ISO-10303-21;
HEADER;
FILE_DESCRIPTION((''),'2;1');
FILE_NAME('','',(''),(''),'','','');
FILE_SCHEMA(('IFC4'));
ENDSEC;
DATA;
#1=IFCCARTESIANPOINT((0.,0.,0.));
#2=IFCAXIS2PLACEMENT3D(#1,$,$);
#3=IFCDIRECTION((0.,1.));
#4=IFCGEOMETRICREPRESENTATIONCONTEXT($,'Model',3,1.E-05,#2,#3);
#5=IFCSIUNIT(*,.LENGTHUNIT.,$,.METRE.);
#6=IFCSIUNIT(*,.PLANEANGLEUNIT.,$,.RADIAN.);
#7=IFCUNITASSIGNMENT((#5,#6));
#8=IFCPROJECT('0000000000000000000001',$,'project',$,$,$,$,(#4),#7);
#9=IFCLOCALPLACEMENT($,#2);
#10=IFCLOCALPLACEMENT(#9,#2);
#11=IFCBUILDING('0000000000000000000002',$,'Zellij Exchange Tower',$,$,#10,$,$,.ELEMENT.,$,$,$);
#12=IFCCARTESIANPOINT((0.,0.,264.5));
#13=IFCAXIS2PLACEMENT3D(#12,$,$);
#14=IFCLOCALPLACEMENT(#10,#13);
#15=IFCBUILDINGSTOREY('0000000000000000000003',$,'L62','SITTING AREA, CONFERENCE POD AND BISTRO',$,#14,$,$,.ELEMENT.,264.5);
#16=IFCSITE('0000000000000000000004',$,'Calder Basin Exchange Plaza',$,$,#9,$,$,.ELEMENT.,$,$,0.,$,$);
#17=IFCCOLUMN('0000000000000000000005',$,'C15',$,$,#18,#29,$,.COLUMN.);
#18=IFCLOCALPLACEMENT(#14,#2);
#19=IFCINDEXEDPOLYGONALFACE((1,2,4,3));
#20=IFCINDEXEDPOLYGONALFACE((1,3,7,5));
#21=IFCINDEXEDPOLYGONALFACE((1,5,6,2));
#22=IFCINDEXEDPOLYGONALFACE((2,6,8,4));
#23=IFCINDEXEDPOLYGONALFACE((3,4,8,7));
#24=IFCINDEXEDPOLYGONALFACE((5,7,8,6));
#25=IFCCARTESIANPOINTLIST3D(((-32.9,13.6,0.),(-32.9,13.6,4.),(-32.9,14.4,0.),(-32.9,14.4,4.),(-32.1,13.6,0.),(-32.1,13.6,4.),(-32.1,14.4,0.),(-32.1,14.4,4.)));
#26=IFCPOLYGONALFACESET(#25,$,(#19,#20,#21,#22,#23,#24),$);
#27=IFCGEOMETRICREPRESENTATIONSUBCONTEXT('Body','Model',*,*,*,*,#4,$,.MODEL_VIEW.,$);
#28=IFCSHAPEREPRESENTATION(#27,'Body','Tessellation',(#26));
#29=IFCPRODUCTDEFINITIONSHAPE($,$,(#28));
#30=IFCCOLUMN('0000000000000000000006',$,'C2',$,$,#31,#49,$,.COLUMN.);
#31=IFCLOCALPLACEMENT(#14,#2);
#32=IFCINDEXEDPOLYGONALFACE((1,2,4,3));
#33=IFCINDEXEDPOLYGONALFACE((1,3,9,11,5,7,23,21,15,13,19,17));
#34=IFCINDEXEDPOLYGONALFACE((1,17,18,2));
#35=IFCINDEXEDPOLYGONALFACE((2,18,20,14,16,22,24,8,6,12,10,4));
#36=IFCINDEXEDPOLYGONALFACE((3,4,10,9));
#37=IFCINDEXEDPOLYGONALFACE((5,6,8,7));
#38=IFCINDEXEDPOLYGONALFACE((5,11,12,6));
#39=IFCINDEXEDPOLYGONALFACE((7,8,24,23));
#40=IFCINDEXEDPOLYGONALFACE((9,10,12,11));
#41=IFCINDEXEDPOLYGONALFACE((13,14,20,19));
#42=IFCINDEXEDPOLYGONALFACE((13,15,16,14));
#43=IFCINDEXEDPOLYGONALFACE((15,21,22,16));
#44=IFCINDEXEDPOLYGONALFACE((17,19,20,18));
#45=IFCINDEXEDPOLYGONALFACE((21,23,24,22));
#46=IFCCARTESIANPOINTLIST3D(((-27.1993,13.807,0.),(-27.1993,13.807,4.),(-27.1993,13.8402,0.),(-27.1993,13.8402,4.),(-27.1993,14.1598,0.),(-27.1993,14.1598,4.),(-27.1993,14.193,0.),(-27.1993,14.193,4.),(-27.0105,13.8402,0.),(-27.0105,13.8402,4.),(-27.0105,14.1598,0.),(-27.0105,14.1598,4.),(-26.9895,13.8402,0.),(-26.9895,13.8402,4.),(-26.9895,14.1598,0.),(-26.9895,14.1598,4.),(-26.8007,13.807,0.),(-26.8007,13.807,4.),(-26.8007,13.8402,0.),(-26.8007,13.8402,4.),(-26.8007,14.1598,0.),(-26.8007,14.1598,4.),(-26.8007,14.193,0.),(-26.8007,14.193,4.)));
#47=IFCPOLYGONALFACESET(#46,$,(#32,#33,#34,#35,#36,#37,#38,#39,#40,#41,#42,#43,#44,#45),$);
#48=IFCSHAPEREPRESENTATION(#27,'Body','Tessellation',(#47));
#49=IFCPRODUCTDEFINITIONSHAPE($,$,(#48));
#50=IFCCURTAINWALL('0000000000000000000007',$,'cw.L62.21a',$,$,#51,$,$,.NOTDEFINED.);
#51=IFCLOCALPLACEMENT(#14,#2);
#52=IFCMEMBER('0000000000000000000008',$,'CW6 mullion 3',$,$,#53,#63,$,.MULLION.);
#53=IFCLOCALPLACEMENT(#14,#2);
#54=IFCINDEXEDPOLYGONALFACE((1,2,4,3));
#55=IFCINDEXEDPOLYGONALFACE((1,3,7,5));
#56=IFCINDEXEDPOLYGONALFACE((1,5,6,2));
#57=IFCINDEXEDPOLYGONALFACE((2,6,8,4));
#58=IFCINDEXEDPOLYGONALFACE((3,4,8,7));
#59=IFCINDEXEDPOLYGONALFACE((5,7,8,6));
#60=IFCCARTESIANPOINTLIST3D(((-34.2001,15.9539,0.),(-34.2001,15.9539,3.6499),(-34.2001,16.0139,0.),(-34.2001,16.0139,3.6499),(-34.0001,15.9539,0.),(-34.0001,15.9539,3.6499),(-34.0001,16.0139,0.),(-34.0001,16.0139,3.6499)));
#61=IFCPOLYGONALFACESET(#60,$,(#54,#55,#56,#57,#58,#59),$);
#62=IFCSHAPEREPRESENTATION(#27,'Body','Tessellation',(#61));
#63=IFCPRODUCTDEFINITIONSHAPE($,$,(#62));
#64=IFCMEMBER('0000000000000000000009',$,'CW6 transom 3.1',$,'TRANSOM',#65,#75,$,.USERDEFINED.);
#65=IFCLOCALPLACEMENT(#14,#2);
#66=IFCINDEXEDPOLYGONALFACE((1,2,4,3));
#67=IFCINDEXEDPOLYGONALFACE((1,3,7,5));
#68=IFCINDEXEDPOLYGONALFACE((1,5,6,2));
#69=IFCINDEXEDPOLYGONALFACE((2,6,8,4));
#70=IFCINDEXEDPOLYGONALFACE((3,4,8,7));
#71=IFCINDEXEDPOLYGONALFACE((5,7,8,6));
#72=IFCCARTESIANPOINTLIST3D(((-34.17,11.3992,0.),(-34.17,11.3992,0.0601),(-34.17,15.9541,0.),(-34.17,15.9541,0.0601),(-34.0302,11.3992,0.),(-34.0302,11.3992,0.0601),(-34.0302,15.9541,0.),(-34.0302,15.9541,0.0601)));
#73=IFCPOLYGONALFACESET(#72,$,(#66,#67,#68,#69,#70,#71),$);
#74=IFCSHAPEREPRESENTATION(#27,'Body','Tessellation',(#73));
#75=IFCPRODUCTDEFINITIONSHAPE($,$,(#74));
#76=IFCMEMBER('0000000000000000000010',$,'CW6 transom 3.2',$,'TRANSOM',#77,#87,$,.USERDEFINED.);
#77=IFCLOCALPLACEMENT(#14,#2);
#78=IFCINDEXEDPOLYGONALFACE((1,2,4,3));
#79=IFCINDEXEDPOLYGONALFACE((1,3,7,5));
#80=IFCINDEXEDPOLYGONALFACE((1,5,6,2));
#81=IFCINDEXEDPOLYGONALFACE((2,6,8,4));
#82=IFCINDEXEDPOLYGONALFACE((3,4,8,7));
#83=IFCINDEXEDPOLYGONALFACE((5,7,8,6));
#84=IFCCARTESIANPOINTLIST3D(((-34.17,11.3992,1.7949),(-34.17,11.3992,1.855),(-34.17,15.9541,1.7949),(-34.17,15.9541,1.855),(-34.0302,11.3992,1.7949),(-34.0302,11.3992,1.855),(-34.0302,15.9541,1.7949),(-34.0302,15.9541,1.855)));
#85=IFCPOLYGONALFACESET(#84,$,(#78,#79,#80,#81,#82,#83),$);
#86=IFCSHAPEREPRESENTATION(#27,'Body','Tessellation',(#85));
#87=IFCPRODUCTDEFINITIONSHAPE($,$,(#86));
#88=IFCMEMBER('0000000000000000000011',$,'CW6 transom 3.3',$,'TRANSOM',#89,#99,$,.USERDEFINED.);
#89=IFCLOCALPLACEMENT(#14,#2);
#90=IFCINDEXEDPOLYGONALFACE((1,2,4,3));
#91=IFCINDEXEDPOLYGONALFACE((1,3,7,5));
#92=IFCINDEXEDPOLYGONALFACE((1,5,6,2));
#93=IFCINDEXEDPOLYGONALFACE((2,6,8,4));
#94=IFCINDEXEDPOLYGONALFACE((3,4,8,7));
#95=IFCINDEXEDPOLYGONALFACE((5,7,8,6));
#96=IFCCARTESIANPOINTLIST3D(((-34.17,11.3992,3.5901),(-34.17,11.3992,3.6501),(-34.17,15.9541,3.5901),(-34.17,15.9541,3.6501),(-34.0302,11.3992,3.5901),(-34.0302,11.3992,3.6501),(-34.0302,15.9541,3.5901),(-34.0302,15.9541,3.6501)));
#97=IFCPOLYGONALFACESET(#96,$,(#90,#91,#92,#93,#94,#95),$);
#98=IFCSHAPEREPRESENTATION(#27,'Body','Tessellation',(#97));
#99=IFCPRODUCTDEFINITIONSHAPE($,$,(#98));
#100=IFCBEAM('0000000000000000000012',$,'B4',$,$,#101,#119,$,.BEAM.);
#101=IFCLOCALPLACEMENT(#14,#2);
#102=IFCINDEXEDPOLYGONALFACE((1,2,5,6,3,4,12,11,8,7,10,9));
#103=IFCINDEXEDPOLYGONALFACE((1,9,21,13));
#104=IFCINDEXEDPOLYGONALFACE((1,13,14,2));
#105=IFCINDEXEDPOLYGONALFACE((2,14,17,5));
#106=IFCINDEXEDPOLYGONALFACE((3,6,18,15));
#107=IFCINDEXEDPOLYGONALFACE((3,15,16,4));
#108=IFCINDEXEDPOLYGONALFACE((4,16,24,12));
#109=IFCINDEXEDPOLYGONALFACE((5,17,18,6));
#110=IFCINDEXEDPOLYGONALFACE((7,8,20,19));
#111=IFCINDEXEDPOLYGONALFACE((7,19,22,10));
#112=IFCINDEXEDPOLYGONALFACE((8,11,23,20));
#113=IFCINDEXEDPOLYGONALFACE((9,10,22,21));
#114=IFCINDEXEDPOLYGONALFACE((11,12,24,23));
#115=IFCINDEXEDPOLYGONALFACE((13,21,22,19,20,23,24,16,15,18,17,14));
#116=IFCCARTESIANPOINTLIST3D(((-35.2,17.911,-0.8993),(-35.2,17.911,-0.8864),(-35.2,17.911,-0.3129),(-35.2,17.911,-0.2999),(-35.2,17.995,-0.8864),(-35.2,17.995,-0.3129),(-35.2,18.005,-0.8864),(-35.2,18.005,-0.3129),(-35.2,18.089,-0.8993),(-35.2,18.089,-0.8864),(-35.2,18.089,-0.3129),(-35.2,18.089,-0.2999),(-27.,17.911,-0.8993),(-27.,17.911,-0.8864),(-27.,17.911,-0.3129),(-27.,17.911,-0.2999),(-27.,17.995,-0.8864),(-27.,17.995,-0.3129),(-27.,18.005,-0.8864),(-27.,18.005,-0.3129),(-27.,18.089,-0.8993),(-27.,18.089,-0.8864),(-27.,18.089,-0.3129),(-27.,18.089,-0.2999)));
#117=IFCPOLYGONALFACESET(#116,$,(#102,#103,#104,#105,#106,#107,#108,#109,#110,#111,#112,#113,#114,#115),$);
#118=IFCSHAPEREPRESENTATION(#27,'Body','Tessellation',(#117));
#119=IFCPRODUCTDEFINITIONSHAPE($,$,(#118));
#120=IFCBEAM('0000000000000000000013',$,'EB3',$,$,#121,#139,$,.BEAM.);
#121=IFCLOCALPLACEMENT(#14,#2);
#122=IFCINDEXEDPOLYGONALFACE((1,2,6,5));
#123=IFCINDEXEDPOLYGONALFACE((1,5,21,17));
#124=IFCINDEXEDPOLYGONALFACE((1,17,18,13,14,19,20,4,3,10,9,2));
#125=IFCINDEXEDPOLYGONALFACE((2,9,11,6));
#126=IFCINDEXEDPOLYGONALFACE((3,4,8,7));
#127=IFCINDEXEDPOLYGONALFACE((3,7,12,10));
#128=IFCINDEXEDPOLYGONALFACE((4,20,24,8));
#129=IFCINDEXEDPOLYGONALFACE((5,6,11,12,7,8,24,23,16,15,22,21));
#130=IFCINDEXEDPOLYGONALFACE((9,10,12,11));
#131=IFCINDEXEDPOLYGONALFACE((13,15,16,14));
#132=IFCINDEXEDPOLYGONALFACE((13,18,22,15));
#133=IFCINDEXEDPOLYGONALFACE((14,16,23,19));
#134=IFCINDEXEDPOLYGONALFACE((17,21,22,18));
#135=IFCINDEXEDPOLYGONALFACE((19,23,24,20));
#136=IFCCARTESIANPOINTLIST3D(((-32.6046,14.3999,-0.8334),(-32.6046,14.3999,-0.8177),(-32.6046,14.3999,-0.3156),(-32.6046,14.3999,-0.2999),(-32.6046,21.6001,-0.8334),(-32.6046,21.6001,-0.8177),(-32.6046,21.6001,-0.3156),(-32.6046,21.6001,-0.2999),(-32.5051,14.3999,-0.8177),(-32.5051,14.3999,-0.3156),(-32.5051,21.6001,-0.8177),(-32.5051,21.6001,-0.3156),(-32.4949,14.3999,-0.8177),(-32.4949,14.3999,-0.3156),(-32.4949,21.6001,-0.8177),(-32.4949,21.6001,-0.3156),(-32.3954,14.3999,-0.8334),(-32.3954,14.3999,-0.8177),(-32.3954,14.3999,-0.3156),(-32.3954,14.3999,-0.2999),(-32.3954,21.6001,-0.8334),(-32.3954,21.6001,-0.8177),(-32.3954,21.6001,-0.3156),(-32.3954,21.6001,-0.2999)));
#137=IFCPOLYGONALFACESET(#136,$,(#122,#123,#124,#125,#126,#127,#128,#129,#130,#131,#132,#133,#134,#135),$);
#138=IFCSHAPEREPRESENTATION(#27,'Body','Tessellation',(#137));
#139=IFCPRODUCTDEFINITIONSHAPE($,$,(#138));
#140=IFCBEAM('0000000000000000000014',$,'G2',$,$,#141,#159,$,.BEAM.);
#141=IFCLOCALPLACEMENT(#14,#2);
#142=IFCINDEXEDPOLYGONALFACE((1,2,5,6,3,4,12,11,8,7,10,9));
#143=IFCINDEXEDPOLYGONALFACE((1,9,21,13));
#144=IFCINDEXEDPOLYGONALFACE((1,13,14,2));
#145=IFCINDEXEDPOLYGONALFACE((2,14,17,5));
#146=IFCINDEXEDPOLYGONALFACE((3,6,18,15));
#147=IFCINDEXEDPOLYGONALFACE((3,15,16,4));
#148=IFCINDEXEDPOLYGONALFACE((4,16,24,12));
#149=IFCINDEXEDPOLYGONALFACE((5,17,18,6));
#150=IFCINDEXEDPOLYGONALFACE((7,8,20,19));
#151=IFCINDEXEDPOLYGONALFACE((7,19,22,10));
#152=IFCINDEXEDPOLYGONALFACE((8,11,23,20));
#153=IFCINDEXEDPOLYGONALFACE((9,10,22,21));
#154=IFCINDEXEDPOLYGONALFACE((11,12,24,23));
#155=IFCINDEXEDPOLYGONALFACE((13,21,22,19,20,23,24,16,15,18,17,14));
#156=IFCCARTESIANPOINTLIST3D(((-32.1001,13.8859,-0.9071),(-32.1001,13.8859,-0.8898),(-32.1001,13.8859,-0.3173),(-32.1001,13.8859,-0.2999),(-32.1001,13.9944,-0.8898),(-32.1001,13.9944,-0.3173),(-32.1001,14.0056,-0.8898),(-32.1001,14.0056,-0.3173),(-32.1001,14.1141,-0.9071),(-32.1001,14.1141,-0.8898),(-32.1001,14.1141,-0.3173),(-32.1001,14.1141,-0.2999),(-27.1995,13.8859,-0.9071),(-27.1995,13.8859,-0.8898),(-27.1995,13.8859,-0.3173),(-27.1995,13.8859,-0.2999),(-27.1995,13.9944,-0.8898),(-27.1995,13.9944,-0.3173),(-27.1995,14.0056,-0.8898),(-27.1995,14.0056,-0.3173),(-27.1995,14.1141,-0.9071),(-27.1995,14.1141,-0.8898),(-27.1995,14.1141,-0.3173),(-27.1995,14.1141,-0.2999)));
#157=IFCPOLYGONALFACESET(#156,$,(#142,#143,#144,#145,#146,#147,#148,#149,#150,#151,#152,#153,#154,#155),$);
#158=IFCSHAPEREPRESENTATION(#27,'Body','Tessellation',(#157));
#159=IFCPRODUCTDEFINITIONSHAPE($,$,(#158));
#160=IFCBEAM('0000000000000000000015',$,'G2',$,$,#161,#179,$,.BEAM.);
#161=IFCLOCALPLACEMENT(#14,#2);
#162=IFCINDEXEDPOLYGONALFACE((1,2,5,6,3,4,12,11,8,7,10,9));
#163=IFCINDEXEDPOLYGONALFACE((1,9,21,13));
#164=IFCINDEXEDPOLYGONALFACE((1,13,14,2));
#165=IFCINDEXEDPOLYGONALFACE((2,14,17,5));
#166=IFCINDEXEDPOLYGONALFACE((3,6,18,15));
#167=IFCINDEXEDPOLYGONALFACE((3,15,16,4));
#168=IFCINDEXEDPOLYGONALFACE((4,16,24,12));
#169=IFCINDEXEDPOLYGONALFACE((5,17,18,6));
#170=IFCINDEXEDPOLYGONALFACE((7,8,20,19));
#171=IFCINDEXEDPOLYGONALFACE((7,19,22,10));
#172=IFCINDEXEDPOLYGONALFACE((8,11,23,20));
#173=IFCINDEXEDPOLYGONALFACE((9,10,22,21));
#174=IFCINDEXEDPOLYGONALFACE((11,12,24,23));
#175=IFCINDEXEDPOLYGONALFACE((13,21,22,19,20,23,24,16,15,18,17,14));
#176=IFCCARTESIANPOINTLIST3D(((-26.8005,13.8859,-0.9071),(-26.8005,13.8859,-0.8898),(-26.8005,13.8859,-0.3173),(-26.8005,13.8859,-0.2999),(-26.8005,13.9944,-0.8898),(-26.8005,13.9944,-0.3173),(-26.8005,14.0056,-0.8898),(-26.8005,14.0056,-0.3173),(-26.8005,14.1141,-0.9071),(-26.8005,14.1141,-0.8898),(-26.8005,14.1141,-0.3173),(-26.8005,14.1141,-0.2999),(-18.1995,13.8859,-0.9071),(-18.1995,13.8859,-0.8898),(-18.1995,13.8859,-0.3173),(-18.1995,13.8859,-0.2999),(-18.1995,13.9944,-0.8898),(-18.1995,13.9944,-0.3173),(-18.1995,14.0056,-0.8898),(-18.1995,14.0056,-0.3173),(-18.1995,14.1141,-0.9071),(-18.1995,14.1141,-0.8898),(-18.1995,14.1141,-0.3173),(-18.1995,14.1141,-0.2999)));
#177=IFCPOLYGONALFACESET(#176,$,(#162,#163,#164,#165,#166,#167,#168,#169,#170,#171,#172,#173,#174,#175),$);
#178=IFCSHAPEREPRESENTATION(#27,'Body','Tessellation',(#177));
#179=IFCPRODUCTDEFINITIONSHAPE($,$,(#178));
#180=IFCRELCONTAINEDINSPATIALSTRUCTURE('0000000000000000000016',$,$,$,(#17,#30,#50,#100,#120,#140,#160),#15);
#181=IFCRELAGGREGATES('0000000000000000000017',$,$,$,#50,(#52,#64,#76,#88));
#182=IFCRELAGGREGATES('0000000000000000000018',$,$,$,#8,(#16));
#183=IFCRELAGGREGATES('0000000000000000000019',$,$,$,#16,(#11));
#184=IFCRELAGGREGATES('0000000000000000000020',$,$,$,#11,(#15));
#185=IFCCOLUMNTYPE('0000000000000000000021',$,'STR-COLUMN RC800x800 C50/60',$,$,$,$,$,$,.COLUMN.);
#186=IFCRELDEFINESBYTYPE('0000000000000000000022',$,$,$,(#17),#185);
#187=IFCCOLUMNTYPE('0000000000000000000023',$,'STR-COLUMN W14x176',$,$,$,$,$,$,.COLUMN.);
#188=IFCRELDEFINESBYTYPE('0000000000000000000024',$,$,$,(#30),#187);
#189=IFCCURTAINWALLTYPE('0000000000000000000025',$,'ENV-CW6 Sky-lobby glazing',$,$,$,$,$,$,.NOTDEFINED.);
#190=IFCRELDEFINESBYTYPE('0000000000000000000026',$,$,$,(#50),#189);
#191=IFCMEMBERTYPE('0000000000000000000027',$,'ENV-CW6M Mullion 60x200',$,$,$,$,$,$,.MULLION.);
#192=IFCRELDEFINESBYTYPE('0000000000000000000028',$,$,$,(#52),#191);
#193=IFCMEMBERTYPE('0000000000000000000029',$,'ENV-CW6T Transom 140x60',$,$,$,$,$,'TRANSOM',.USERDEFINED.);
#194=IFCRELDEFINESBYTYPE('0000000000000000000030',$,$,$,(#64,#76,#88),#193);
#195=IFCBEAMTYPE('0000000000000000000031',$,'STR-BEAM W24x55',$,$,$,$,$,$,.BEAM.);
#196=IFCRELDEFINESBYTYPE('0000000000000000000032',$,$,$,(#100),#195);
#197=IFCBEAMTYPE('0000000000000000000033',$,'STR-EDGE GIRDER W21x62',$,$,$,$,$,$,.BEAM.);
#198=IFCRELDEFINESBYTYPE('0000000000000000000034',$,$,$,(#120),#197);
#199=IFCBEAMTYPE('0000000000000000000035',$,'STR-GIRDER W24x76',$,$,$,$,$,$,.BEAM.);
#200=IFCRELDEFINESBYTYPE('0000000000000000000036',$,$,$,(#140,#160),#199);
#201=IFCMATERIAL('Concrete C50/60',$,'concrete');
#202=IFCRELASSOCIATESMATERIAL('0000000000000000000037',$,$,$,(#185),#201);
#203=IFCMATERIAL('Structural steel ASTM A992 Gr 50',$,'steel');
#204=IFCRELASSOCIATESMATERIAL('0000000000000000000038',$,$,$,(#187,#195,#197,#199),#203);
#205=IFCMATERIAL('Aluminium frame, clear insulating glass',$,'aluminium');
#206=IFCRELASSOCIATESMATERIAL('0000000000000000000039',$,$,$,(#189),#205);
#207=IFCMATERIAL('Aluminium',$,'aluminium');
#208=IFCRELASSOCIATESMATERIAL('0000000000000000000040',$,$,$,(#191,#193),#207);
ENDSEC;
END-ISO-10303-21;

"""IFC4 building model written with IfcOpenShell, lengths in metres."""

from ifc_helpers import new_model, si_unit, direction, frame, origin, origin_2d, place, context, subcontext, project, spatial, rectangle, i_section, extrude, material, material_profile, profile_set, type_object, element, aggregate, save


model = new_model("IFC4")

# Units and contexts
model_context = context("Model", 3, precision=1e-05, world=origin(), true_north=direction((0.0, 1.0)))
body_context = subcontext(model_context, "Body", "Model", "MODEL_VIEW")
ifc_project = project(units=[si_unit("LENGTHUNIT", "METRE"), si_unit("PLANEANGLEUNIT", "RADIAN")], contexts=[model_context])

# Site, building, storey
site_placement = place(None, origin())
site = spatial("IfcSite", under=ifc_project, at=site_placement, Name="Calder Basin Exchange Plaza", CompositionType="ELEMENT", RefElevation=0.0)
building_placement = place(site_placement, origin())
building = spatial("IfcBuilding", under=site, at=building_placement, Name="Zellij Exchange Tower", CompositionType="ELEMENT")
storey_placement = place(building_placement, frame((0.0, 0.0, 264.5)))
storey = spatial("IfcBuildingStorey", under=building, at=storey_placement, Name="L62", Description="SITTING AREA, CONFERENCE POD AND BISTRO", CompositionType="ELEMENT", Elevation=264.5)

# Columns
ifc_material_1 = material(Name="Concrete C50/60", Category="concrete")
ifc_material_profile_1 = material_profile(ifc_material_1, rectangle(XDim=0.8, YDim=0.8, at=origin_2d()), Name="STR-COLUMN RC800x800 C50/60")
ifc_profile_set_1 = profile_set([ifc_material_profile_1], Name="Concrete C50/60")
column_type_1 = type_object("IfcColumnType", Name="STR-COLUMN RC800x800 C50/60", PredefinedType="COLUMN", material=ifc_profile_set_1)
column_1_placement = place(storey_placement, frame((-32.5, 14.0, 0.0), z_axis=(0.0, 0.0, 1.0), x_axis=(1.0, 0.0, 0.0)))
element("IfcColumn", 1, at=column_1_placement, inside=storey, type_object=column_type_1, Name="C15", PredefinedType="COLUMN", context=body_context, shape_type="SweptSolid", body=[
    extrude(rectangle(XDim=0.8, YDim=0.8, at=origin_2d()), origin(), (0.0, 0.0, 1.0), 4.0),
])
ifc_material_2 = material(Name="Structural steel ASTM A992 Gr 50", Category="steel")
ifc_material_profile_2 = material_profile(ifc_material_2, i_section(OverallWidth=0.3987, OverallDepth=0.386, WebThickness=0.021, FlangeThickness=0.0332, at=origin_2d()), Name="W14x176")
ifc_profile_set_2 = profile_set([ifc_material_profile_2], Name="Structural steel ASTM A992 Gr 50")
column_type_2 = type_object("IfcColumnType", Name="STR-COLUMN W14x176", PredefinedType="COLUMN", material=ifc_profile_set_2)
column_2_placement = place(storey_placement, frame((-27.0, 14.0, 0.0), z_axis=(0.0, 0.0, 1.0), x_axis=(1.0, 0.0, 0.0)))
element("IfcColumn", 2, at=column_2_placement, inside=storey, type_object=column_type_2, Name="C2", PredefinedType="COLUMN", context=body_context, shape_type="SweptSolid", body=[
    extrude(i_section(OverallWidth=0.3987, OverallDepth=0.386, WebThickness=0.021, FlangeThickness=0.0332, at=origin_2d()), origin(), (0.0, 0.0, 1.0), 4.0),
])

# Curtain wall, members
ifc_material_3 = material(Name="Aluminium frame, clear insulating glass", Category="aluminium")
curtain_wall_type = type_object("IfcCurtainWallType", Name="ENV-CW6 Sky-lobby glazing", PredefinedType="NOTDEFINED", material=ifc_material_3)
curtain_wall_placement = place(storey_placement, origin())
curtain_wall = element("IfcCurtainWall", 3, at=curtain_wall_placement, inside=storey, type_object=curtain_wall_type, Name="cw.L62.21a", PredefinedType="NOTDEFINED")
ifc_material_4 = material(Name="Aluminium", Category="aluminium")
ifc_material_profile_3 = material_profile(ifc_material_4, rectangle(XDim=0.0601, YDim=0.2, at=origin_2d()), Name="AL 60x200")
ifc_profile_set_3 = profile_set([ifc_material_profile_3], Name="Aluminium")
member_type_1 = type_object("IfcMemberType", Name="ENV-CW6M Mullion 60x200", PredefinedType="MULLION", material=ifc_profile_set_3)
member_1_placement = place(storey_placement, frame((-34.1001, 15.9839, 0.0), z_axis=(0.0, 0.0, 1.0), x_axis=(0.0, -1.0, 0.0)))
member_1 = element("IfcMember", 4, at=member_1_placement, type_object=member_type_1, Name="CW6 mullion 3", PredefinedType="MULLION", context=body_context, shape_type="SweptSolid", body=[
    extrude(rectangle(XDim=0.0601, YDim=0.2, at=origin_2d()), origin(), (0.0, 0.0, 1.0), 3.6499),
])
ifc_material_profile_4 = material_profile(ifc_material_4, rectangle(XDim=0.1399, YDim=0.0601, at=origin_2d()), Name="AL 140x60")
ifc_profile_set_4 = profile_set([ifc_material_profile_4], Name="Aluminium")
member_type_2 = type_object("IfcMemberType", Name="ENV-CW6T Transom 140x60", ElementType="TRANSOM", PredefinedType="USERDEFINED", material=ifc_profile_set_4)
member_2_placement = place(storey_placement, frame((-34.1001, 15.9541, 0.03), z_axis=(0.0, -1.0, 0.0), x_axis=(1.0, 0.0, 0.0)))
member_2 = element("IfcMember", 5, at=member_2_placement, type_object=member_type_2, Name="CW6 transom 3.1", ObjectType="TRANSOM", PredefinedType="USERDEFINED", context=body_context, shape_type="SweptSolid", body=[
    extrude(rectangle(XDim=0.1399, YDim=0.0601, at=origin_2d()), origin(), (0.0, 0.0, 1.0), 4.5549),
])
member_3_placement = place(storey_placement, frame((-34.1001, 15.9541, 1.825), z_axis=(0.0, -1.0, 0.0), x_axis=(1.0, 0.0, 0.0)))
member_3 = element("IfcMember", 6, at=member_3_placement, type_object=member_type_2, Name="CW6 transom 3.2", ObjectType="TRANSOM", PredefinedType="USERDEFINED", context=body_context, shape_type="SweptSolid", body=[
    extrude(rectangle(XDim=0.1399, YDim=0.0601, at=origin_2d()), origin(), (0.0, 0.0, 1.0), 4.5549),
])
member_4_placement = place(storey_placement, frame((-34.1001, 15.9541, 3.6201), z_axis=(0.0, -1.0, 0.0), x_axis=(1.0, 0.0, 0.0)))
member_4 = element("IfcMember", 7, at=member_4_placement, type_object=member_type_2, Name="CW6 transom 3.3", ObjectType="TRANSOM", PredefinedType="USERDEFINED", context=body_context, shape_type="SweptSolid", body=[
    extrude(rectangle(XDim=0.1399, YDim=0.0601, at=origin_2d()), origin(), (0.0, 0.0, 1.0), 4.5549),
])

# Beams
ifc_material_profile_5 = material_profile(ifc_material_2, i_section(OverallWidth=0.178, OverallDepth=0.5994, WebThickness=0.01, FlangeThickness=0.0129, at=origin_2d()), Name="W24x55")
ifc_profile_set_5 = profile_set([ifc_material_profile_5], Name="Structural steel ASTM A992 Gr 50")
beam_type_1 = type_object("IfcBeamType", Name="STR-BEAM W24x55", PredefinedType="BEAM", material=ifc_profile_set_5)
beam_1_placement = place(storey_placement, frame((-35.2, 18.0, -0.5996), z_axis=(1.0, 0.0, 0.0), x_axis=(0.0, 1.0, 0.0)))
element("IfcBeam", 8, at=beam_1_placement, inside=storey, type_object=beam_type_1, Name="B4", PredefinedType="BEAM", context=body_context, shape_type="SweptSolid", body=[
    extrude(i_section(OverallWidth=0.178, OverallDepth=0.5994, WebThickness=0.01, FlangeThickness=0.0129, at=origin_2d()), origin(), (0.0, 0.0, 1.0), 8.2),
])
ifc_material_profile_6 = material_profile(ifc_material_2, i_section(OverallWidth=0.2092, OverallDepth=0.5334, WebThickness=0.0103, FlangeThickness=0.0156, at=origin_2d()), Name="W21x62")
ifc_profile_set_6 = profile_set([ifc_material_profile_6], Name="Structural steel ASTM A992 Gr 50")
beam_type_2 = type_object("IfcBeamType", Name="STR-EDGE GIRDER W21x62", PredefinedType="BEAM", material=ifc_profile_set_6)
beam_2_placement = place(storey_placement, frame((-32.5, 14.3999, -0.5667), z_axis=(0.0, 1.0, 0.0), x_axis=(-1.0, 0.0, 0.0)))
element("IfcBeam", 9, at=beam_2_placement, inside=storey, type_object=beam_type_2, Name="EB3", PredefinedType="BEAM", context=body_context, shape_type="SweptSolid", body=[
    extrude(i_section(OverallWidth=0.2092, OverallDepth=0.5334, WebThickness=0.0103, FlangeThickness=0.0156, at=origin_2d()), origin(), (0.0, 0.0, 1.0), 7.2002),
])
ifc_material_profile_7 = material_profile(ifc_material_2, i_section(OverallWidth=0.2283, OverallDepth=0.6072, WebThickness=0.0112, FlangeThickness=0.0173, at=origin_2d()), Name="W24x76")
ifc_profile_set_7 = profile_set([ifc_material_profile_7], Name="Structural steel ASTM A992 Gr 50")
beam_type_3 = type_object("IfcBeamType", Name="STR-GIRDER W24x76", PredefinedType="BEAM", material=ifc_profile_set_7)
beam_3_placement = place(storey_placement, frame((-32.1001, 14.0, -0.6035), z_axis=(1.0, 0.0, 0.0), x_axis=(0.0, 1.0, 0.0)))
element("IfcBeam", 10, at=beam_3_placement, inside=storey, type_object=beam_type_3, Name="G2", PredefinedType="BEAM", context=body_context, shape_type="SweptSolid", body=[
    extrude(i_section(OverallWidth=0.2283, OverallDepth=0.6072, WebThickness=0.0112, FlangeThickness=0.0173, at=origin_2d()), origin(), (0.0, 0.0, 1.0), 4.9006),
])
beam_4_placement = place(storey_placement, frame((-26.8005, 14.0, -0.6035), z_axis=(1.0, 0.0, 0.0), x_axis=(0.0, 1.0, 0.0)))
element("IfcBeam", 11, at=beam_4_placement, inside=storey, type_object=beam_type_3, Name="G2", PredefinedType="BEAM", context=body_context, shape_type="SweptSolid", body=[
    extrude(i_section(OverallWidth=0.2283, OverallDepth=0.6072, WebThickness=0.0112, FlangeThickness=0.0173, at=origin_2d()), origin(), (0.0, 0.0, 1.0), 8.6011),
])

aggregate(curtain_wall, [member_1, member_2, member_3, member_4])

save(model, "model.ifc")
